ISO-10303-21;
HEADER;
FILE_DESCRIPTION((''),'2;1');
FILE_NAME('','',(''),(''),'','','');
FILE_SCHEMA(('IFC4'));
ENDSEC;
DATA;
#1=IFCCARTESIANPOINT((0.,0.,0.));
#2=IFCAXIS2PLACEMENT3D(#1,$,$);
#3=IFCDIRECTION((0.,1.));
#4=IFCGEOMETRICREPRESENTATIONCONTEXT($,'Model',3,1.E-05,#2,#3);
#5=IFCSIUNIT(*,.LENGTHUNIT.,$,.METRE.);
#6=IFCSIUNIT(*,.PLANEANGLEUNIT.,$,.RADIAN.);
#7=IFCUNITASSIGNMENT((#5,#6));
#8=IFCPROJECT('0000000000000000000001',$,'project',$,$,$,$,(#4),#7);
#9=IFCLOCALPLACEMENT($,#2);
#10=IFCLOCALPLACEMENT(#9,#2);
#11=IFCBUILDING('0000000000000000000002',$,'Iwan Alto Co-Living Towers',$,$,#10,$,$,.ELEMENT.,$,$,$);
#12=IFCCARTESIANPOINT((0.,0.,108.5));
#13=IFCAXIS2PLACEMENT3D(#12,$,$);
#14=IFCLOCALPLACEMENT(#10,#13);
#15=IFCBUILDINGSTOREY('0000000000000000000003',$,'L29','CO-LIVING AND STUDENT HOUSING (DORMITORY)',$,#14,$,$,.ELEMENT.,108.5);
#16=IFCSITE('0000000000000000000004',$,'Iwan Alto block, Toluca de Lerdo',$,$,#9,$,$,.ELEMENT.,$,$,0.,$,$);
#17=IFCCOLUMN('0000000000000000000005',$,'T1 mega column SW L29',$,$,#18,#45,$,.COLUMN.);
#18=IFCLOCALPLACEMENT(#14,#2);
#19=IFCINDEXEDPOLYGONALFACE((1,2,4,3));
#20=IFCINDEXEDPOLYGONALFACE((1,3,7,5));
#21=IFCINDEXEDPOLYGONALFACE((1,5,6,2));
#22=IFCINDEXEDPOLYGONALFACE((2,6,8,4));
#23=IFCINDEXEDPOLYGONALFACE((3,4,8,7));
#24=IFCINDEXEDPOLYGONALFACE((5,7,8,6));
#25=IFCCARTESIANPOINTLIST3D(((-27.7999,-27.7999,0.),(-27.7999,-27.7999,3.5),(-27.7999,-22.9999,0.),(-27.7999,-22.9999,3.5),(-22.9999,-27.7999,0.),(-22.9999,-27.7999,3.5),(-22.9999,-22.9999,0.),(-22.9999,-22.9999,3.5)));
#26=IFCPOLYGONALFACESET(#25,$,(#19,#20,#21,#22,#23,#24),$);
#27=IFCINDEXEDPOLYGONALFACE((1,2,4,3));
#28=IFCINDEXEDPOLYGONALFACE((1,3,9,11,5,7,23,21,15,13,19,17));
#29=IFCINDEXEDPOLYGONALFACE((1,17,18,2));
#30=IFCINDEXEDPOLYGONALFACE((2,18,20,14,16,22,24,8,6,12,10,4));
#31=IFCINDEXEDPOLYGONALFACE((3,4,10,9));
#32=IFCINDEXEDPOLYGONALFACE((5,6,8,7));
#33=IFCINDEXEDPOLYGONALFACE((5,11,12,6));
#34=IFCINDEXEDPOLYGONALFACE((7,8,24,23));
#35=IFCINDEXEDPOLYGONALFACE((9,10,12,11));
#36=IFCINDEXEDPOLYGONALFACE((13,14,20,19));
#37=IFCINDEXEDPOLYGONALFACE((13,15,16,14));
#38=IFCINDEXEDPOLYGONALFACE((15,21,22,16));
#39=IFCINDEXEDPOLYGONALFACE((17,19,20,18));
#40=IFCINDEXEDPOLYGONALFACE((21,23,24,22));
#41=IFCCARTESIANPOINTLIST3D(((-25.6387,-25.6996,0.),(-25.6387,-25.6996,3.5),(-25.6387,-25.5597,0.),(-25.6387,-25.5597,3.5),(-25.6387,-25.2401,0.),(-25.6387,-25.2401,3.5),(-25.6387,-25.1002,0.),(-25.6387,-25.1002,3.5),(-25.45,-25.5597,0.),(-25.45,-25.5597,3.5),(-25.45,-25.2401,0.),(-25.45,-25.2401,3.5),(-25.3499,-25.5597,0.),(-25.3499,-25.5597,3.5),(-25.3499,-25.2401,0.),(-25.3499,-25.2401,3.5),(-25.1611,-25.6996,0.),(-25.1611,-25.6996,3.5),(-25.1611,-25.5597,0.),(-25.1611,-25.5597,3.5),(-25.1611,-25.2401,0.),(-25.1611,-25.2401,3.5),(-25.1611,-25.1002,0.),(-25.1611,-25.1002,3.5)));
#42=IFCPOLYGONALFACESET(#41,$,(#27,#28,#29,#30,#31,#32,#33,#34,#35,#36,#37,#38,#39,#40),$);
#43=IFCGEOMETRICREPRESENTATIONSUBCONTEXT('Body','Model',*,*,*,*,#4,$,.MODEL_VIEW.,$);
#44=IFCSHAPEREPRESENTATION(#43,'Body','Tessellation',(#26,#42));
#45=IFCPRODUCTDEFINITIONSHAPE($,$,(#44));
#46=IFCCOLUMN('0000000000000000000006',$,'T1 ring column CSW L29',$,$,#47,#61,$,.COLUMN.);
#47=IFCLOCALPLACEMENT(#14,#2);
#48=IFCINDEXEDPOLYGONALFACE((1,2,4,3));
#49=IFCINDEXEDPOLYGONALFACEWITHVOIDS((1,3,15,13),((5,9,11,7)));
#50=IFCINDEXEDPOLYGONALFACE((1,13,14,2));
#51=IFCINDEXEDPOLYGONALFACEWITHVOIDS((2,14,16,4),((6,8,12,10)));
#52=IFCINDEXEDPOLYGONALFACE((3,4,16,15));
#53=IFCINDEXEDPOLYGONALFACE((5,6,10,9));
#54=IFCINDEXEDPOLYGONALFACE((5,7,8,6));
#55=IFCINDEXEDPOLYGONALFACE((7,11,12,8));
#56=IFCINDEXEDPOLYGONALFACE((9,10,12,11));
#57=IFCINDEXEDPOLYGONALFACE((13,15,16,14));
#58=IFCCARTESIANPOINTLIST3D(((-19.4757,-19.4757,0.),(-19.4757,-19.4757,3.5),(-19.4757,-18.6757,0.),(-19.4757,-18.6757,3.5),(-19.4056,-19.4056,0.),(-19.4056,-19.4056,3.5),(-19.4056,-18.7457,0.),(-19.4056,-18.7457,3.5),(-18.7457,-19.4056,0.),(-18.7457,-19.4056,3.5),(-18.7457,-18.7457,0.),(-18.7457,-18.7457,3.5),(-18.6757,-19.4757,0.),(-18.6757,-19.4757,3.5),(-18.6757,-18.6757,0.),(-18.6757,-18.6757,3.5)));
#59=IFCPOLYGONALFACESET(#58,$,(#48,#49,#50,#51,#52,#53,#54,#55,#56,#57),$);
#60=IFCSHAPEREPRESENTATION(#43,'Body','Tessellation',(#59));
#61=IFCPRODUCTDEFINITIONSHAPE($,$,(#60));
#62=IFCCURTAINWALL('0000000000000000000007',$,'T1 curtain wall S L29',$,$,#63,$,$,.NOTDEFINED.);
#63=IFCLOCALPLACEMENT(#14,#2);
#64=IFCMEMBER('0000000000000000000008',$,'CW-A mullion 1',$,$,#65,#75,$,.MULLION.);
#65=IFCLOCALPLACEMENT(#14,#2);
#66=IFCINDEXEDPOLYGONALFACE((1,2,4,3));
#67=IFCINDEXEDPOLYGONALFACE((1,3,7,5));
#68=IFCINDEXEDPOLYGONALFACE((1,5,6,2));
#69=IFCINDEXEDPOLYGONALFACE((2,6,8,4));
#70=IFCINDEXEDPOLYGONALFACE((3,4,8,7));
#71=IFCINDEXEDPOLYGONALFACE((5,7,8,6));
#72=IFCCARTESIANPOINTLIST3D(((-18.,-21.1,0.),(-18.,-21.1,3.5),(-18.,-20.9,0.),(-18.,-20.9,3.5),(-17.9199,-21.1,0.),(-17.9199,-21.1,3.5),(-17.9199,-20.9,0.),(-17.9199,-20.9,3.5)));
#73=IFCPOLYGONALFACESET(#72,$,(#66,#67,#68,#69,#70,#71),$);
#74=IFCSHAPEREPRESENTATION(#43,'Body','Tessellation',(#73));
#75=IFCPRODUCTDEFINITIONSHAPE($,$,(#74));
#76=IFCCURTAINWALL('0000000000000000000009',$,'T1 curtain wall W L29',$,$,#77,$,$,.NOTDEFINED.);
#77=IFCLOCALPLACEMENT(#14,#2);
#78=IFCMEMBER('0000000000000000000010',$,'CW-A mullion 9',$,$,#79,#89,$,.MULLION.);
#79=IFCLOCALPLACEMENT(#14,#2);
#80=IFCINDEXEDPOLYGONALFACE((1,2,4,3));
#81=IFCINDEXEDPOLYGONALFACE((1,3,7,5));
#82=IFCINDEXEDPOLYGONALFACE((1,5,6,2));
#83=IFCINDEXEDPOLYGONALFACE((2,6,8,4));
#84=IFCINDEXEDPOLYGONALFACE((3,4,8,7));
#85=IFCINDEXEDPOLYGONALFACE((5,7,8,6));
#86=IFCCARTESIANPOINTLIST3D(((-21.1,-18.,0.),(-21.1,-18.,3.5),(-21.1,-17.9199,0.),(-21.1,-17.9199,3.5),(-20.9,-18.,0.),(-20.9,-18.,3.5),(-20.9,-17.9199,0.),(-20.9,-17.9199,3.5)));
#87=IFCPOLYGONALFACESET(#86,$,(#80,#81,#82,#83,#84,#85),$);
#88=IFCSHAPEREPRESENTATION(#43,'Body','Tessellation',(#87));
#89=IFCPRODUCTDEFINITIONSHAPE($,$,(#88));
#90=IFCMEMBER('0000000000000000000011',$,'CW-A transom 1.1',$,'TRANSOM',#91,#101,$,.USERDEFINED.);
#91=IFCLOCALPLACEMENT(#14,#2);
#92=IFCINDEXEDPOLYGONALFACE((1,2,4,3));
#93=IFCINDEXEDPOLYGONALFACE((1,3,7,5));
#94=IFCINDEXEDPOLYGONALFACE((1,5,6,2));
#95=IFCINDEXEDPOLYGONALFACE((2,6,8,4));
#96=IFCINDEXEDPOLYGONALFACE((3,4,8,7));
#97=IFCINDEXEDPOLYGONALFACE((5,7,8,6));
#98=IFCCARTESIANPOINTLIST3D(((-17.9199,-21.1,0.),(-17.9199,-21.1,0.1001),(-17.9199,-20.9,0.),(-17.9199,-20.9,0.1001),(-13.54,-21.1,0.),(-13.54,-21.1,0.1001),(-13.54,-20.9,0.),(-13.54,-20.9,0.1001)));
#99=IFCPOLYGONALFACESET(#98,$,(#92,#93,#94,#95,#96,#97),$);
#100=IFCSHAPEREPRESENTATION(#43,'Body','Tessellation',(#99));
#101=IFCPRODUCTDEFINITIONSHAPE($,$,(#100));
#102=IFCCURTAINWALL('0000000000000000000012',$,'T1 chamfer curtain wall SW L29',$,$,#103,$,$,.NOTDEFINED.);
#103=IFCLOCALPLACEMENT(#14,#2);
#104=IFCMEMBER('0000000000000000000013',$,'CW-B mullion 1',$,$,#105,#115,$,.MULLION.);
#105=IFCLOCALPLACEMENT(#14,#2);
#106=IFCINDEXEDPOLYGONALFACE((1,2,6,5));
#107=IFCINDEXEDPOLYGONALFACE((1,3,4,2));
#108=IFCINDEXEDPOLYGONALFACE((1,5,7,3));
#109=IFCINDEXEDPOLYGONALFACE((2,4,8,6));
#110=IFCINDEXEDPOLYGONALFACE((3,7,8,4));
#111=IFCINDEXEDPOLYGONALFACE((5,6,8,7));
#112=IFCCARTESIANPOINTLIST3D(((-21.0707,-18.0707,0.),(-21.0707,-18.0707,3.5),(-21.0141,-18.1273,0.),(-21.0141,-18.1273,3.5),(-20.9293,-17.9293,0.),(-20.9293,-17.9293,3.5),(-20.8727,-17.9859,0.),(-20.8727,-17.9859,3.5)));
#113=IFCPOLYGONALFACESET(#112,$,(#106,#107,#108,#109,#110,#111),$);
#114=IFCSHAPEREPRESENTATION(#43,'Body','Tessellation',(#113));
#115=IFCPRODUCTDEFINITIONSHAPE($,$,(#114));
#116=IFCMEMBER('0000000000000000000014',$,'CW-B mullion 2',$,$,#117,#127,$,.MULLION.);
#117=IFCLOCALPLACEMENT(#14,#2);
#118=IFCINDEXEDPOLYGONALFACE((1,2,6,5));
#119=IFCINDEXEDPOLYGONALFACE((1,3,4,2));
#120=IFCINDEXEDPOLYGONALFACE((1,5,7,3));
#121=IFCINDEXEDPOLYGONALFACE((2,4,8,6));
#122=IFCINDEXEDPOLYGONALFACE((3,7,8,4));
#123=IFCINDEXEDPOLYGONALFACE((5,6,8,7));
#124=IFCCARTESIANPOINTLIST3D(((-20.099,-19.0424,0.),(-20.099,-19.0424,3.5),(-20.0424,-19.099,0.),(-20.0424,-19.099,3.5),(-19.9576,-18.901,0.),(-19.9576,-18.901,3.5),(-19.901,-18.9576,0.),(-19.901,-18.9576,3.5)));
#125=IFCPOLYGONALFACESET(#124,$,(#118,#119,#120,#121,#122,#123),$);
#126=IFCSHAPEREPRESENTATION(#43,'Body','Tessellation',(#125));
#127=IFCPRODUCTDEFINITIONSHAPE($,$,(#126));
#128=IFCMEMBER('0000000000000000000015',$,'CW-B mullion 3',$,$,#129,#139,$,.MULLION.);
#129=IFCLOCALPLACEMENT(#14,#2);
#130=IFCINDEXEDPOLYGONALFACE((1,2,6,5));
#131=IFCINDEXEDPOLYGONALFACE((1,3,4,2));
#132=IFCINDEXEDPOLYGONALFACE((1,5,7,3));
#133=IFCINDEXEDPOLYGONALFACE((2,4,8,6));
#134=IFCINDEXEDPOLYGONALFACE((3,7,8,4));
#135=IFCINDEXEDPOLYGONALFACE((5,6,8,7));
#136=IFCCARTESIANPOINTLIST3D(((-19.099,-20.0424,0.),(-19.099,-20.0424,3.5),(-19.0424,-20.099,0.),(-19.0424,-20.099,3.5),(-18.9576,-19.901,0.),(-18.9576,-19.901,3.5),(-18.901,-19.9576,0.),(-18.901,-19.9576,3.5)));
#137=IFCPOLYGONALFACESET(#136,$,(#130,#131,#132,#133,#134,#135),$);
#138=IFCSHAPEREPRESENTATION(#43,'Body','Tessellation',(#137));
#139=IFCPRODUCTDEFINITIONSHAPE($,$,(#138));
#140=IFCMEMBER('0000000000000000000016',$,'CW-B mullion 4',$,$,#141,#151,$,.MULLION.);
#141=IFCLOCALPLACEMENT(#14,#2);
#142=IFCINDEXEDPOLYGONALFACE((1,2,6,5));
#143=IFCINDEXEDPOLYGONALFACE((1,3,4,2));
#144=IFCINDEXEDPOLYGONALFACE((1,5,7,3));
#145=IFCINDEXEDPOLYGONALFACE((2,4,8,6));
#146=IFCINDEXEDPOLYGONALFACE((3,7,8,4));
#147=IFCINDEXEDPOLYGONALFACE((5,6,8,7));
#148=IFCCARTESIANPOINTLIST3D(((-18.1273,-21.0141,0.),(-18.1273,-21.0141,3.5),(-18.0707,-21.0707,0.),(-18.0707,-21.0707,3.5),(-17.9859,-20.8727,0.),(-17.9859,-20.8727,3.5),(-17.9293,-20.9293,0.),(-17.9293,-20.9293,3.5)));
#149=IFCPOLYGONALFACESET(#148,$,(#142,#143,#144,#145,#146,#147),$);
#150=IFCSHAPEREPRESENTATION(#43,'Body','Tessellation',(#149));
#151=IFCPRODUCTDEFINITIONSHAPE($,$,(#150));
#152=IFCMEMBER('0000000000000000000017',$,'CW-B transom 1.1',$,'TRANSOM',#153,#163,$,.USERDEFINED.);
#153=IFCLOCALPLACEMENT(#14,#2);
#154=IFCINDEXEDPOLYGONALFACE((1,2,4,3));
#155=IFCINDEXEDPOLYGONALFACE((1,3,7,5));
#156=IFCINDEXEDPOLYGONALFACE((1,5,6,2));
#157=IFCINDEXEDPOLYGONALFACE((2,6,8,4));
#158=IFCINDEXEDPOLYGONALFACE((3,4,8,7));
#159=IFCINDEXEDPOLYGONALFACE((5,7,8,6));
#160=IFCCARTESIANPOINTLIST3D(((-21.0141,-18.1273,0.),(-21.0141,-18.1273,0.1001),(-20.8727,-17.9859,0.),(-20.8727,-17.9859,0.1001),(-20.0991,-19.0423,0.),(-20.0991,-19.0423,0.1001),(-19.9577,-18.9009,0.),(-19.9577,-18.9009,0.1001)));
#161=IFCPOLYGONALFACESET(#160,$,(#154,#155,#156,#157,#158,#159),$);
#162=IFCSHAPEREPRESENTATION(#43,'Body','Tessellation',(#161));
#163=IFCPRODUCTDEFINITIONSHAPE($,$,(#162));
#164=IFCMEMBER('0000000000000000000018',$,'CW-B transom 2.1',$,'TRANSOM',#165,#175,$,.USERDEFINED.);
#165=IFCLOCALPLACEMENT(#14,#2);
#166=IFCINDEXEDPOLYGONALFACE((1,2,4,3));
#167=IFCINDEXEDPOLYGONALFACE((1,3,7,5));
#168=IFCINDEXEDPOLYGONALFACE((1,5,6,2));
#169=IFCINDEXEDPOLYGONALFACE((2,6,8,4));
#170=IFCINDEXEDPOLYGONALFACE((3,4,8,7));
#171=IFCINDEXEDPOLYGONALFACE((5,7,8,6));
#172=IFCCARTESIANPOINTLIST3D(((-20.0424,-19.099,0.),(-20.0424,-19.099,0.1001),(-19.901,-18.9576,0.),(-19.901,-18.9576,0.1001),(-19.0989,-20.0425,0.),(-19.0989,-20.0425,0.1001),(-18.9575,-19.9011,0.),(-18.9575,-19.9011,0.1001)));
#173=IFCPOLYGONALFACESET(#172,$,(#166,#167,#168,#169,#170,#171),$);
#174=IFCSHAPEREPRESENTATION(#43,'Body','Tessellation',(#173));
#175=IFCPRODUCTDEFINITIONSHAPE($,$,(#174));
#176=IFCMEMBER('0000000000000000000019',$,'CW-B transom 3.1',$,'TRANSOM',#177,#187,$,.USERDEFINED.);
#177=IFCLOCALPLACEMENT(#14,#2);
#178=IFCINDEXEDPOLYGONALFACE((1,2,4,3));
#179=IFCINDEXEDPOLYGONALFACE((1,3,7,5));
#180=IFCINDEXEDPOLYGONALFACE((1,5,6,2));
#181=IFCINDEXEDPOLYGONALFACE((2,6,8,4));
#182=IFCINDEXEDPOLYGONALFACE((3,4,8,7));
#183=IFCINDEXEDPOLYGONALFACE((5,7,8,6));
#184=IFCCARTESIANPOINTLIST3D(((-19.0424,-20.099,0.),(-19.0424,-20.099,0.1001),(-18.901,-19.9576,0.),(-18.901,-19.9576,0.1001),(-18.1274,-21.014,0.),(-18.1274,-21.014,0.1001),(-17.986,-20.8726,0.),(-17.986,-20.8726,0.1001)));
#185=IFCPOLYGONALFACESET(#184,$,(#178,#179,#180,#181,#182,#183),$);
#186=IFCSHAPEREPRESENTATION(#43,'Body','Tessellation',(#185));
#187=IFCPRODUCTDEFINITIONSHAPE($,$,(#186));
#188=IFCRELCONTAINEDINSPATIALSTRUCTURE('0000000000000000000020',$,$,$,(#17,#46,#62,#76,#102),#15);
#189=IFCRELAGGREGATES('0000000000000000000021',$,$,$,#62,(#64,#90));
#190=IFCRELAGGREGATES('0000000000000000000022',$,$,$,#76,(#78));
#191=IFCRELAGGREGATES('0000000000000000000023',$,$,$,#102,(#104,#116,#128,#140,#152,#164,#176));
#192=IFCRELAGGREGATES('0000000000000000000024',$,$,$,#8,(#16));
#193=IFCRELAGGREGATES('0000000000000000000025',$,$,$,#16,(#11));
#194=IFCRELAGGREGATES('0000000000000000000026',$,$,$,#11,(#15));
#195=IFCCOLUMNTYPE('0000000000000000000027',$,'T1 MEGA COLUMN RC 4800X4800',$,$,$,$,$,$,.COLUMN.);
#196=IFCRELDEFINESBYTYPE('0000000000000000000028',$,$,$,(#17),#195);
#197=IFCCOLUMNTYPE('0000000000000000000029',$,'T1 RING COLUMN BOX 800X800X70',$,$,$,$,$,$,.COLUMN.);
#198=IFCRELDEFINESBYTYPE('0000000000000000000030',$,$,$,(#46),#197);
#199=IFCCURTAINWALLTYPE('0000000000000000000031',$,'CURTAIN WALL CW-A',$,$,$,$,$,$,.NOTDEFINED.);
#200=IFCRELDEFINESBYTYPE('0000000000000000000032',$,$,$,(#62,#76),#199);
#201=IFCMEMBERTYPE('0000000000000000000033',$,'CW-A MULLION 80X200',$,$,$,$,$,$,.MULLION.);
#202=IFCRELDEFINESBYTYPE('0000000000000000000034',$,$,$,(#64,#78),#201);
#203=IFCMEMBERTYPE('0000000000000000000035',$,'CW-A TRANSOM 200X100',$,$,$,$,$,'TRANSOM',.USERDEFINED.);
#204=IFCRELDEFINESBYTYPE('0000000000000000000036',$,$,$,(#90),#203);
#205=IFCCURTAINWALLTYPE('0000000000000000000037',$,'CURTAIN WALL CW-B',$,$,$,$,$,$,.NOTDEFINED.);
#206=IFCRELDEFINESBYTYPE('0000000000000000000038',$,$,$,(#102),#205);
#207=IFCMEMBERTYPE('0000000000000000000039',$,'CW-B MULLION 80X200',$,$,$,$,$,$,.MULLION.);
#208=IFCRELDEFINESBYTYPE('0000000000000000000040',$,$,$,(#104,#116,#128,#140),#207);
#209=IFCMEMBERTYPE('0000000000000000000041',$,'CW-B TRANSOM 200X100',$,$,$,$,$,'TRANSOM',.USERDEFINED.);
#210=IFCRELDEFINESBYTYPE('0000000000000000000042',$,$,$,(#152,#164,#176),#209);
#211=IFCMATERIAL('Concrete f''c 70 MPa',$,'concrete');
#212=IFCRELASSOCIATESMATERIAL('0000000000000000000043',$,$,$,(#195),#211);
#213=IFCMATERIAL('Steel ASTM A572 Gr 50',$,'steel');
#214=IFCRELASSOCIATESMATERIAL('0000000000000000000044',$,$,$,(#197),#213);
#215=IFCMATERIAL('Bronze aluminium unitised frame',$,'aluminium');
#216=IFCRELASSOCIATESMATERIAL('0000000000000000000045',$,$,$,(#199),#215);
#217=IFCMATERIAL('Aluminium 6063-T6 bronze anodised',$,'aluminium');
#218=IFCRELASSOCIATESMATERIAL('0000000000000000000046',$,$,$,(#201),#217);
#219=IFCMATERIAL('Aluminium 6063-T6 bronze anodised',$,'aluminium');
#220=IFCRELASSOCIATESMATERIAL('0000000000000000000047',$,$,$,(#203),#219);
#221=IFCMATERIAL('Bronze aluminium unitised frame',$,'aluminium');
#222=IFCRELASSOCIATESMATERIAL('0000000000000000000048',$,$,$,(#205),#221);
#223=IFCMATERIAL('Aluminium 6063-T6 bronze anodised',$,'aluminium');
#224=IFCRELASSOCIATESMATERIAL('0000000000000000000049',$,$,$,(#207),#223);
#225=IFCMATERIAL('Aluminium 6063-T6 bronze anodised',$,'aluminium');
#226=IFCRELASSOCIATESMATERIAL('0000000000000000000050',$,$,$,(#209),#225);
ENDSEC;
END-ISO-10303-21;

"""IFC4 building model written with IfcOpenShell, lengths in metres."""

from ifc_helpers import new_model, si_unit, direction, frame, origin, origin_2d, place, context, subcontext, project, spatial, rectangle, hollow_rectangle, i_section, extrude, material, material_profile, profile_set, type_object, element, aggregate, save


model = new_model("IFC4")

# Units and contexts
model_context = context("Model", 3, precision=1e-05, world=origin(), true_north=direction((0.0, 1.0)))
body_context = subcontext(model_context, "Body", "Model", "MODEL_VIEW")
ifc_project = project(units=[si_unit("LENGTHUNIT", "METRE"), si_unit("PLANEANGLEUNIT", "RADIAN")], contexts=[model_context])

# Site, building, storey
site_placement = place(None, origin())
site = spatial("IfcSite", under=ifc_project, at=site_placement, Name="Iwan Alto block, Toluca de Lerdo", CompositionType="ELEMENT", RefElevation=0.0)
building_placement = place(site_placement, origin())
building = spatial("IfcBuilding", under=site, at=building_placement, Name="Iwan Alto Co-Living Towers", CompositionType="ELEMENT")
storey_placement = place(building_placement, frame((0.0, 0.0, 108.5)))
storey = spatial("IfcBuildingStorey", under=building, at=storey_placement, Name="L29", Description="CO-LIVING AND STUDENT HOUSING (DORMITORY)", CompositionType="ELEMENT", Elevation=108.5)

# Columns
ifc_material_1 = material(Name="Concrete f'c 70 MPa", Category="concrete")
ifc_material_profile_1 = material_profile(ifc_material_1, rectangle(XDim=4.8, YDim=4.8, at=origin_2d()), Name="RC 4800X4800")
ifc_profile_set_1 = profile_set([ifc_material_profile_1], Name="Concrete f'c 70 MPa")
column_type_1 = type_object("IfcColumnType", Name="T1 MEGA COLUMN RC 4800X4800", PredefinedType="COLUMN", material=ifc_profile_set_1)
column_1_placement = place(storey_placement, frame((-25.3999, -25.3999, 0.0), z_axis=(0.0, 0.0, 1.0), x_axis=(1.0, 0.0, 0.0)))
element("IfcColumn", 1, at=column_1_placement, inside=storey, type_object=column_type_1, Name="T1 mega column SW L29", PredefinedType="COLUMN", context=body_context, shape_type="SweptSolid", body=[
    extrude(rectangle(XDim=4.8, YDim=4.8, at=origin_2d()), origin(), (0.0, 0.0, 1.0), 3.5),
    extrude(i_section(OverallWidth=0.4775, OverallDepth=0.5994, WebThickness=0.1001, FlangeThickness=0.1399, at=origin_2d()), origin(), (0.0, 0.0, 1.0), 3.5),
])
ifc_material_2 = material(Name="Steel ASTM A572 Gr 50", Category="steel")
ifc_material_profile_2 = material_profile(ifc_material_2, hollow_rectangle(XDim=0.8, YDim=0.8, WallThickness=0.0701, at=origin_2d()), Name="BOX 800X800X70")
ifc_profile_set_2 = profile_set([ifc_material_profile_2], Name="Steel ASTM A572 Gr 50")
column_type_2 = type_object("IfcColumnType", Name="T1 RING COLUMN BOX 800X800X70", PredefinedType="COLUMN", material=ifc_profile_set_2)
column_2_placement = place(storey_placement, frame((-19.0757, -19.0757, 0.0), z_axis=(0.0, 0.0, 1.0), x_axis=(1.0, 0.0, 0.0)))
element("IfcColumn", 2, at=column_2_placement, inside=storey, type_object=column_type_2, Name="T1 ring column CSW L29", PredefinedType="COLUMN", context=body_context, shape_type="SweptSolid", body=[
    extrude(hollow_rectangle(XDim=0.8, YDim=0.8, WallThickness=0.0701, at=origin_2d()), origin(), (0.0, 0.0, 1.0), 3.5),
])

# Curtain walls, members
ifc_material_3 = material(Name="Bronze aluminium unitised frame", Category="aluminium")
curtain_wall_type_1 = type_object("IfcCurtainWallType", Name="CURTAIN WALL CW-A", PredefinedType="NOTDEFINED", material=ifc_material_3)
curtain_wall_1_placement = place(storey_placement, origin())
curtain_wall_1 = element("IfcCurtainWall", 3, at=curtain_wall_1_placement, inside=storey, type_object=curtain_wall_type_1, Name="T1 curtain wall S L29", PredefinedType="NOTDEFINED")
ifc_material_4 = material(Name="Aluminium 6063-T6 bronze anodised", Category="aluminium")
ifc_material_profile_3 = material_profile(ifc_material_4, rectangle(XDim=0.2, YDim=0.0801, at=origin_2d()), Name="AL 80X200")
ifc_profile_set_3 = profile_set([ifc_material_profile_3], Name="Aluminium 6063-T6 bronze anodised")
member_type_1 = type_object("IfcMemberType", Name="CW-A MULLION 80X200", PredefinedType="MULLION", material=ifc_profile_set_3)
member_1_placement = place(storey_placement, frame((-17.96, -21.0, 0.0), z_axis=(0.0, 0.0, 1.0), x_axis=(0.0, 1.0, 0.0)))
member_1 = element("IfcMember", 4, at=member_1_placement, type_object=member_type_1, Name="CW-A mullion 1", PredefinedType="MULLION", context=body_context, shape_type="SweptSolid", body=[
    extrude(rectangle(XDim=0.2, YDim=0.0801, at=origin_2d()), origin(), (0.0, 0.0, 1.0), 3.5),
])
curtain_wall_2_placement = place(storey_placement, origin())
curtain_wall_2 = element("IfcCurtainWall", 5, at=curtain_wall_2_placement, inside=storey, type_object=curtain_wall_type_1, Name="T1 curtain wall W L29", PredefinedType="NOTDEFINED")
member_2_placement = place(storey_placement, frame((-21.0, -17.96, 0.0), z_axis=(0.0, 0.0, 1.0), x_axis=(1.0, 0.0, 0.0)))
member_2 = element("IfcMember", 6, at=member_2_placement, type_object=member_type_1, Name="CW-A mullion 9", PredefinedType="MULLION", context=body_context, shape_type="SweptSolid", body=[
    extrude(rectangle(XDim=0.2, YDim=0.0801, at=origin_2d()), origin(), (0.0, 0.0, 1.0), 3.5),
])

# Member
ifc_material_5 = material(Name="Aluminium 6063-T6 bronze anodised", Category="aluminium")
ifc_material_profile_4 = material_profile(ifc_material_5, rectangle(XDim=0.2, YDim=0.1001, at=origin_2d()), Name="AL 200X100")
ifc_profile_set_4 = profile_set([ifc_material_profile_4], Name="Aluminium 6063-T6 bronze anodised")
member_type_2 = type_object("IfcMemberType", Name="CW-A TRANSOM 200X100", ElementType="TRANSOM", PredefinedType="USERDEFINED", material=ifc_profile_set_4)
member_3_placement = place(storey_placement, frame((-17.9199, -21.0, 0.05), z_axis=(1.0, 0.0, 0.0), x_axis=(0.0, 1.0, 0.0)))
member_3 = element("IfcMember", 7, at=member_3_placement, type_object=member_type_2, Name="CW-A transom 1.1", ObjectType="TRANSOM", PredefinedType="USERDEFINED", context=body_context, shape_type="SweptSolid", body=[
    extrude(rectangle(XDim=0.2, YDim=0.1001, at=origin_2d()), origin(), (0.0, 0.0, 1.0), 4.3799),
])
aggregate(curtain_wall_1, [member_1, member_3])

# Curtain wall, members
ifc_material_6 = material(Name="Bronze aluminium unitised frame", Category="aluminium")
curtain_wall_type_2 = type_object("IfcCurtainWallType", Name="CURTAIN WALL CW-B", PredefinedType="NOTDEFINED", material=ifc_material_6)
curtain_wall_3_placement = place(storey_placement, origin())
curtain_wall_3 = element("IfcCurtainWall", 8, at=curtain_wall_3_placement, inside=storey, type_object=curtain_wall_type_2, Name="T1 chamfer curtain wall SW L29", PredefinedType="NOTDEFINED")
ifc_material_7 = material(Name="Aluminium 6063-T6 bronze anodised", Category="aluminium")
ifc_material_profile_5 = material_profile(ifc_material_7, rectangle(XDim=0.2, YDim=0.0801, at=origin_2d()), Name="AL 80X200")
ifc_profile_set_5 = profile_set([ifc_material_profile_5], Name="Aluminium 6063-T6 bronze anodised")
member_type_3 = type_object("IfcMemberType", Name="CW-B MULLION 80X200", PredefinedType="MULLION", material=ifc_profile_set_5)
member_4_placement = place(storey_placement, frame((-20.9717, -18.0283, 0.0), z_axis=(0.0, 0.0, 1.0), x_axis=(0.707107, 0.707107, 0.0)))
member_4 = element("IfcMember", 9, at=member_4_placement, type_object=member_type_3, Name="CW-B mullion 1", PredefinedType="MULLION", context=body_context, shape_type="SweptSolid", body=[
    extrude(rectangle(XDim=0.2, YDim=0.0801, at=origin_2d()), origin(), (0.0, 0.0, 1.0), 3.5),
])
member_5_placement = place(storey_placement, frame((-20.0, -19.0, 0.0), z_axis=(0.0, 0.0, 1.0), x_axis=(0.707107, 0.707107, 0.0)))
member_5 = element("IfcMember", 10, at=member_5_placement, type_object=member_type_3, Name="CW-B mullion 2", PredefinedType="MULLION", context=body_context, shape_type="SweptSolid", body=[
    extrude(rectangle(XDim=0.2, YDim=0.0801, at=origin_2d()), origin(), (0.0, 0.0, 1.0), 3.5),
])
member_6_placement = place(storey_placement, frame((-19.0, -20.0, 0.0), z_axis=(0.0, 0.0, 1.0), x_axis=(0.707107, 0.707107, 0.0)))
member_6 = element("IfcMember", 11, at=member_6_placement, type_object=member_type_3, Name="CW-B mullion 3", PredefinedType="MULLION", context=body_context, shape_type="SweptSolid", body=[
    extrude(rectangle(XDim=0.2, YDim=0.0801, at=origin_2d()), origin(), (0.0, 0.0, 1.0), 3.5),
])
member_7_placement = place(storey_placement, frame((-18.0283, -20.9717, 0.0), z_axis=(0.0, 0.0, 1.0), x_axis=(0.707107, 0.707107, 0.0)))
member_7 = element("IfcMember", 12, at=member_7_placement, type_object=member_type_3, Name="CW-B mullion 4", PredefinedType="MULLION", context=body_context, shape_type="SweptSolid", body=[
    extrude(rectangle(XDim=0.2, YDim=0.0801, at=origin_2d()), origin(), (0.0, 0.0, 1.0), 3.5),
])
ifc_material_8 = material(Name="Aluminium 6063-T6 bronze anodised", Category="aluminium")
ifc_material_profile_6 = material_profile(ifc_material_8, rectangle(XDim=0.2, YDim=0.1001, at=origin_2d()), Name="AL 200X100")
ifc_profile_set_6 = profile_set([ifc_material_profile_6], Name="Aluminium 6063-T6 bronze anodised")
member_type_4 = type_object("IfcMemberType", Name="CW-B TRANSOM 200X100", ElementType="TRANSOM", PredefinedType="USERDEFINED", material=ifc_profile_set_6)
member_8_placement = place(storey_placement, frame((-20.9434, -18.0566, 0.05), z_axis=(0.707107, -0.707107, 0.0), x_axis=(0.707107, 0.707107, 0.0)))
member_8 = element("IfcMember", 13, at=member_8_placement, type_object=member_type_4, Name="CW-B transom 1.1", ObjectType="TRANSOM", PredefinedType="USERDEFINED", context=body_context, shape_type="SweptSolid", body=[
    extrude(rectangle(XDim=0.2, YDim=0.1001, at=origin_2d()), origin(), (0.0, 0.0, 1.0), 1.2939),
])
member_9_placement = place(storey_placement, frame((-19.9717, -19.0283, 0.05), z_axis=(0.707107, -0.707107, 0.0), x_axis=(0.707107, 0.707107, 0.0)))
member_9 = element("IfcMember", 14, at=member_9_placement, type_object=member_type_4, Name="CW-B transom 2.1", ObjectType="TRANSOM", PredefinedType="USERDEFINED", context=body_context, shape_type="SweptSolid", body=[
    extrude(rectangle(XDim=0.2, YDim=0.1001, at=origin_2d()), origin(), (0.0, 0.0, 1.0), 1.3342),
])
member_10_placement = place(storey_placement, frame((-18.9717, -20.0283, 0.05), z_axis=(0.707107, -0.707107, 0.0), x_axis=(0.707107, 0.707107, 0.0)))
member_10 = element("IfcMember", 15, at=member_10_placement, type_object=member_type_4, Name="CW-B transom 3.1", ObjectType="TRANSOM", PredefinedType="USERDEFINED", context=body_context, shape_type="SweptSolid", body=[
    extrude(rectangle(XDim=0.2, YDim=0.1001, at=origin_2d()), origin(), (0.0, 0.0, 1.0), 1.2939),
])

aggregate(curtain_wall_2, [member_2])
aggregate(curtain_wall_3, [member_4, member_5, member_6, member_7, member_8, member_9, member_10])

save(model, "model.ifc")
